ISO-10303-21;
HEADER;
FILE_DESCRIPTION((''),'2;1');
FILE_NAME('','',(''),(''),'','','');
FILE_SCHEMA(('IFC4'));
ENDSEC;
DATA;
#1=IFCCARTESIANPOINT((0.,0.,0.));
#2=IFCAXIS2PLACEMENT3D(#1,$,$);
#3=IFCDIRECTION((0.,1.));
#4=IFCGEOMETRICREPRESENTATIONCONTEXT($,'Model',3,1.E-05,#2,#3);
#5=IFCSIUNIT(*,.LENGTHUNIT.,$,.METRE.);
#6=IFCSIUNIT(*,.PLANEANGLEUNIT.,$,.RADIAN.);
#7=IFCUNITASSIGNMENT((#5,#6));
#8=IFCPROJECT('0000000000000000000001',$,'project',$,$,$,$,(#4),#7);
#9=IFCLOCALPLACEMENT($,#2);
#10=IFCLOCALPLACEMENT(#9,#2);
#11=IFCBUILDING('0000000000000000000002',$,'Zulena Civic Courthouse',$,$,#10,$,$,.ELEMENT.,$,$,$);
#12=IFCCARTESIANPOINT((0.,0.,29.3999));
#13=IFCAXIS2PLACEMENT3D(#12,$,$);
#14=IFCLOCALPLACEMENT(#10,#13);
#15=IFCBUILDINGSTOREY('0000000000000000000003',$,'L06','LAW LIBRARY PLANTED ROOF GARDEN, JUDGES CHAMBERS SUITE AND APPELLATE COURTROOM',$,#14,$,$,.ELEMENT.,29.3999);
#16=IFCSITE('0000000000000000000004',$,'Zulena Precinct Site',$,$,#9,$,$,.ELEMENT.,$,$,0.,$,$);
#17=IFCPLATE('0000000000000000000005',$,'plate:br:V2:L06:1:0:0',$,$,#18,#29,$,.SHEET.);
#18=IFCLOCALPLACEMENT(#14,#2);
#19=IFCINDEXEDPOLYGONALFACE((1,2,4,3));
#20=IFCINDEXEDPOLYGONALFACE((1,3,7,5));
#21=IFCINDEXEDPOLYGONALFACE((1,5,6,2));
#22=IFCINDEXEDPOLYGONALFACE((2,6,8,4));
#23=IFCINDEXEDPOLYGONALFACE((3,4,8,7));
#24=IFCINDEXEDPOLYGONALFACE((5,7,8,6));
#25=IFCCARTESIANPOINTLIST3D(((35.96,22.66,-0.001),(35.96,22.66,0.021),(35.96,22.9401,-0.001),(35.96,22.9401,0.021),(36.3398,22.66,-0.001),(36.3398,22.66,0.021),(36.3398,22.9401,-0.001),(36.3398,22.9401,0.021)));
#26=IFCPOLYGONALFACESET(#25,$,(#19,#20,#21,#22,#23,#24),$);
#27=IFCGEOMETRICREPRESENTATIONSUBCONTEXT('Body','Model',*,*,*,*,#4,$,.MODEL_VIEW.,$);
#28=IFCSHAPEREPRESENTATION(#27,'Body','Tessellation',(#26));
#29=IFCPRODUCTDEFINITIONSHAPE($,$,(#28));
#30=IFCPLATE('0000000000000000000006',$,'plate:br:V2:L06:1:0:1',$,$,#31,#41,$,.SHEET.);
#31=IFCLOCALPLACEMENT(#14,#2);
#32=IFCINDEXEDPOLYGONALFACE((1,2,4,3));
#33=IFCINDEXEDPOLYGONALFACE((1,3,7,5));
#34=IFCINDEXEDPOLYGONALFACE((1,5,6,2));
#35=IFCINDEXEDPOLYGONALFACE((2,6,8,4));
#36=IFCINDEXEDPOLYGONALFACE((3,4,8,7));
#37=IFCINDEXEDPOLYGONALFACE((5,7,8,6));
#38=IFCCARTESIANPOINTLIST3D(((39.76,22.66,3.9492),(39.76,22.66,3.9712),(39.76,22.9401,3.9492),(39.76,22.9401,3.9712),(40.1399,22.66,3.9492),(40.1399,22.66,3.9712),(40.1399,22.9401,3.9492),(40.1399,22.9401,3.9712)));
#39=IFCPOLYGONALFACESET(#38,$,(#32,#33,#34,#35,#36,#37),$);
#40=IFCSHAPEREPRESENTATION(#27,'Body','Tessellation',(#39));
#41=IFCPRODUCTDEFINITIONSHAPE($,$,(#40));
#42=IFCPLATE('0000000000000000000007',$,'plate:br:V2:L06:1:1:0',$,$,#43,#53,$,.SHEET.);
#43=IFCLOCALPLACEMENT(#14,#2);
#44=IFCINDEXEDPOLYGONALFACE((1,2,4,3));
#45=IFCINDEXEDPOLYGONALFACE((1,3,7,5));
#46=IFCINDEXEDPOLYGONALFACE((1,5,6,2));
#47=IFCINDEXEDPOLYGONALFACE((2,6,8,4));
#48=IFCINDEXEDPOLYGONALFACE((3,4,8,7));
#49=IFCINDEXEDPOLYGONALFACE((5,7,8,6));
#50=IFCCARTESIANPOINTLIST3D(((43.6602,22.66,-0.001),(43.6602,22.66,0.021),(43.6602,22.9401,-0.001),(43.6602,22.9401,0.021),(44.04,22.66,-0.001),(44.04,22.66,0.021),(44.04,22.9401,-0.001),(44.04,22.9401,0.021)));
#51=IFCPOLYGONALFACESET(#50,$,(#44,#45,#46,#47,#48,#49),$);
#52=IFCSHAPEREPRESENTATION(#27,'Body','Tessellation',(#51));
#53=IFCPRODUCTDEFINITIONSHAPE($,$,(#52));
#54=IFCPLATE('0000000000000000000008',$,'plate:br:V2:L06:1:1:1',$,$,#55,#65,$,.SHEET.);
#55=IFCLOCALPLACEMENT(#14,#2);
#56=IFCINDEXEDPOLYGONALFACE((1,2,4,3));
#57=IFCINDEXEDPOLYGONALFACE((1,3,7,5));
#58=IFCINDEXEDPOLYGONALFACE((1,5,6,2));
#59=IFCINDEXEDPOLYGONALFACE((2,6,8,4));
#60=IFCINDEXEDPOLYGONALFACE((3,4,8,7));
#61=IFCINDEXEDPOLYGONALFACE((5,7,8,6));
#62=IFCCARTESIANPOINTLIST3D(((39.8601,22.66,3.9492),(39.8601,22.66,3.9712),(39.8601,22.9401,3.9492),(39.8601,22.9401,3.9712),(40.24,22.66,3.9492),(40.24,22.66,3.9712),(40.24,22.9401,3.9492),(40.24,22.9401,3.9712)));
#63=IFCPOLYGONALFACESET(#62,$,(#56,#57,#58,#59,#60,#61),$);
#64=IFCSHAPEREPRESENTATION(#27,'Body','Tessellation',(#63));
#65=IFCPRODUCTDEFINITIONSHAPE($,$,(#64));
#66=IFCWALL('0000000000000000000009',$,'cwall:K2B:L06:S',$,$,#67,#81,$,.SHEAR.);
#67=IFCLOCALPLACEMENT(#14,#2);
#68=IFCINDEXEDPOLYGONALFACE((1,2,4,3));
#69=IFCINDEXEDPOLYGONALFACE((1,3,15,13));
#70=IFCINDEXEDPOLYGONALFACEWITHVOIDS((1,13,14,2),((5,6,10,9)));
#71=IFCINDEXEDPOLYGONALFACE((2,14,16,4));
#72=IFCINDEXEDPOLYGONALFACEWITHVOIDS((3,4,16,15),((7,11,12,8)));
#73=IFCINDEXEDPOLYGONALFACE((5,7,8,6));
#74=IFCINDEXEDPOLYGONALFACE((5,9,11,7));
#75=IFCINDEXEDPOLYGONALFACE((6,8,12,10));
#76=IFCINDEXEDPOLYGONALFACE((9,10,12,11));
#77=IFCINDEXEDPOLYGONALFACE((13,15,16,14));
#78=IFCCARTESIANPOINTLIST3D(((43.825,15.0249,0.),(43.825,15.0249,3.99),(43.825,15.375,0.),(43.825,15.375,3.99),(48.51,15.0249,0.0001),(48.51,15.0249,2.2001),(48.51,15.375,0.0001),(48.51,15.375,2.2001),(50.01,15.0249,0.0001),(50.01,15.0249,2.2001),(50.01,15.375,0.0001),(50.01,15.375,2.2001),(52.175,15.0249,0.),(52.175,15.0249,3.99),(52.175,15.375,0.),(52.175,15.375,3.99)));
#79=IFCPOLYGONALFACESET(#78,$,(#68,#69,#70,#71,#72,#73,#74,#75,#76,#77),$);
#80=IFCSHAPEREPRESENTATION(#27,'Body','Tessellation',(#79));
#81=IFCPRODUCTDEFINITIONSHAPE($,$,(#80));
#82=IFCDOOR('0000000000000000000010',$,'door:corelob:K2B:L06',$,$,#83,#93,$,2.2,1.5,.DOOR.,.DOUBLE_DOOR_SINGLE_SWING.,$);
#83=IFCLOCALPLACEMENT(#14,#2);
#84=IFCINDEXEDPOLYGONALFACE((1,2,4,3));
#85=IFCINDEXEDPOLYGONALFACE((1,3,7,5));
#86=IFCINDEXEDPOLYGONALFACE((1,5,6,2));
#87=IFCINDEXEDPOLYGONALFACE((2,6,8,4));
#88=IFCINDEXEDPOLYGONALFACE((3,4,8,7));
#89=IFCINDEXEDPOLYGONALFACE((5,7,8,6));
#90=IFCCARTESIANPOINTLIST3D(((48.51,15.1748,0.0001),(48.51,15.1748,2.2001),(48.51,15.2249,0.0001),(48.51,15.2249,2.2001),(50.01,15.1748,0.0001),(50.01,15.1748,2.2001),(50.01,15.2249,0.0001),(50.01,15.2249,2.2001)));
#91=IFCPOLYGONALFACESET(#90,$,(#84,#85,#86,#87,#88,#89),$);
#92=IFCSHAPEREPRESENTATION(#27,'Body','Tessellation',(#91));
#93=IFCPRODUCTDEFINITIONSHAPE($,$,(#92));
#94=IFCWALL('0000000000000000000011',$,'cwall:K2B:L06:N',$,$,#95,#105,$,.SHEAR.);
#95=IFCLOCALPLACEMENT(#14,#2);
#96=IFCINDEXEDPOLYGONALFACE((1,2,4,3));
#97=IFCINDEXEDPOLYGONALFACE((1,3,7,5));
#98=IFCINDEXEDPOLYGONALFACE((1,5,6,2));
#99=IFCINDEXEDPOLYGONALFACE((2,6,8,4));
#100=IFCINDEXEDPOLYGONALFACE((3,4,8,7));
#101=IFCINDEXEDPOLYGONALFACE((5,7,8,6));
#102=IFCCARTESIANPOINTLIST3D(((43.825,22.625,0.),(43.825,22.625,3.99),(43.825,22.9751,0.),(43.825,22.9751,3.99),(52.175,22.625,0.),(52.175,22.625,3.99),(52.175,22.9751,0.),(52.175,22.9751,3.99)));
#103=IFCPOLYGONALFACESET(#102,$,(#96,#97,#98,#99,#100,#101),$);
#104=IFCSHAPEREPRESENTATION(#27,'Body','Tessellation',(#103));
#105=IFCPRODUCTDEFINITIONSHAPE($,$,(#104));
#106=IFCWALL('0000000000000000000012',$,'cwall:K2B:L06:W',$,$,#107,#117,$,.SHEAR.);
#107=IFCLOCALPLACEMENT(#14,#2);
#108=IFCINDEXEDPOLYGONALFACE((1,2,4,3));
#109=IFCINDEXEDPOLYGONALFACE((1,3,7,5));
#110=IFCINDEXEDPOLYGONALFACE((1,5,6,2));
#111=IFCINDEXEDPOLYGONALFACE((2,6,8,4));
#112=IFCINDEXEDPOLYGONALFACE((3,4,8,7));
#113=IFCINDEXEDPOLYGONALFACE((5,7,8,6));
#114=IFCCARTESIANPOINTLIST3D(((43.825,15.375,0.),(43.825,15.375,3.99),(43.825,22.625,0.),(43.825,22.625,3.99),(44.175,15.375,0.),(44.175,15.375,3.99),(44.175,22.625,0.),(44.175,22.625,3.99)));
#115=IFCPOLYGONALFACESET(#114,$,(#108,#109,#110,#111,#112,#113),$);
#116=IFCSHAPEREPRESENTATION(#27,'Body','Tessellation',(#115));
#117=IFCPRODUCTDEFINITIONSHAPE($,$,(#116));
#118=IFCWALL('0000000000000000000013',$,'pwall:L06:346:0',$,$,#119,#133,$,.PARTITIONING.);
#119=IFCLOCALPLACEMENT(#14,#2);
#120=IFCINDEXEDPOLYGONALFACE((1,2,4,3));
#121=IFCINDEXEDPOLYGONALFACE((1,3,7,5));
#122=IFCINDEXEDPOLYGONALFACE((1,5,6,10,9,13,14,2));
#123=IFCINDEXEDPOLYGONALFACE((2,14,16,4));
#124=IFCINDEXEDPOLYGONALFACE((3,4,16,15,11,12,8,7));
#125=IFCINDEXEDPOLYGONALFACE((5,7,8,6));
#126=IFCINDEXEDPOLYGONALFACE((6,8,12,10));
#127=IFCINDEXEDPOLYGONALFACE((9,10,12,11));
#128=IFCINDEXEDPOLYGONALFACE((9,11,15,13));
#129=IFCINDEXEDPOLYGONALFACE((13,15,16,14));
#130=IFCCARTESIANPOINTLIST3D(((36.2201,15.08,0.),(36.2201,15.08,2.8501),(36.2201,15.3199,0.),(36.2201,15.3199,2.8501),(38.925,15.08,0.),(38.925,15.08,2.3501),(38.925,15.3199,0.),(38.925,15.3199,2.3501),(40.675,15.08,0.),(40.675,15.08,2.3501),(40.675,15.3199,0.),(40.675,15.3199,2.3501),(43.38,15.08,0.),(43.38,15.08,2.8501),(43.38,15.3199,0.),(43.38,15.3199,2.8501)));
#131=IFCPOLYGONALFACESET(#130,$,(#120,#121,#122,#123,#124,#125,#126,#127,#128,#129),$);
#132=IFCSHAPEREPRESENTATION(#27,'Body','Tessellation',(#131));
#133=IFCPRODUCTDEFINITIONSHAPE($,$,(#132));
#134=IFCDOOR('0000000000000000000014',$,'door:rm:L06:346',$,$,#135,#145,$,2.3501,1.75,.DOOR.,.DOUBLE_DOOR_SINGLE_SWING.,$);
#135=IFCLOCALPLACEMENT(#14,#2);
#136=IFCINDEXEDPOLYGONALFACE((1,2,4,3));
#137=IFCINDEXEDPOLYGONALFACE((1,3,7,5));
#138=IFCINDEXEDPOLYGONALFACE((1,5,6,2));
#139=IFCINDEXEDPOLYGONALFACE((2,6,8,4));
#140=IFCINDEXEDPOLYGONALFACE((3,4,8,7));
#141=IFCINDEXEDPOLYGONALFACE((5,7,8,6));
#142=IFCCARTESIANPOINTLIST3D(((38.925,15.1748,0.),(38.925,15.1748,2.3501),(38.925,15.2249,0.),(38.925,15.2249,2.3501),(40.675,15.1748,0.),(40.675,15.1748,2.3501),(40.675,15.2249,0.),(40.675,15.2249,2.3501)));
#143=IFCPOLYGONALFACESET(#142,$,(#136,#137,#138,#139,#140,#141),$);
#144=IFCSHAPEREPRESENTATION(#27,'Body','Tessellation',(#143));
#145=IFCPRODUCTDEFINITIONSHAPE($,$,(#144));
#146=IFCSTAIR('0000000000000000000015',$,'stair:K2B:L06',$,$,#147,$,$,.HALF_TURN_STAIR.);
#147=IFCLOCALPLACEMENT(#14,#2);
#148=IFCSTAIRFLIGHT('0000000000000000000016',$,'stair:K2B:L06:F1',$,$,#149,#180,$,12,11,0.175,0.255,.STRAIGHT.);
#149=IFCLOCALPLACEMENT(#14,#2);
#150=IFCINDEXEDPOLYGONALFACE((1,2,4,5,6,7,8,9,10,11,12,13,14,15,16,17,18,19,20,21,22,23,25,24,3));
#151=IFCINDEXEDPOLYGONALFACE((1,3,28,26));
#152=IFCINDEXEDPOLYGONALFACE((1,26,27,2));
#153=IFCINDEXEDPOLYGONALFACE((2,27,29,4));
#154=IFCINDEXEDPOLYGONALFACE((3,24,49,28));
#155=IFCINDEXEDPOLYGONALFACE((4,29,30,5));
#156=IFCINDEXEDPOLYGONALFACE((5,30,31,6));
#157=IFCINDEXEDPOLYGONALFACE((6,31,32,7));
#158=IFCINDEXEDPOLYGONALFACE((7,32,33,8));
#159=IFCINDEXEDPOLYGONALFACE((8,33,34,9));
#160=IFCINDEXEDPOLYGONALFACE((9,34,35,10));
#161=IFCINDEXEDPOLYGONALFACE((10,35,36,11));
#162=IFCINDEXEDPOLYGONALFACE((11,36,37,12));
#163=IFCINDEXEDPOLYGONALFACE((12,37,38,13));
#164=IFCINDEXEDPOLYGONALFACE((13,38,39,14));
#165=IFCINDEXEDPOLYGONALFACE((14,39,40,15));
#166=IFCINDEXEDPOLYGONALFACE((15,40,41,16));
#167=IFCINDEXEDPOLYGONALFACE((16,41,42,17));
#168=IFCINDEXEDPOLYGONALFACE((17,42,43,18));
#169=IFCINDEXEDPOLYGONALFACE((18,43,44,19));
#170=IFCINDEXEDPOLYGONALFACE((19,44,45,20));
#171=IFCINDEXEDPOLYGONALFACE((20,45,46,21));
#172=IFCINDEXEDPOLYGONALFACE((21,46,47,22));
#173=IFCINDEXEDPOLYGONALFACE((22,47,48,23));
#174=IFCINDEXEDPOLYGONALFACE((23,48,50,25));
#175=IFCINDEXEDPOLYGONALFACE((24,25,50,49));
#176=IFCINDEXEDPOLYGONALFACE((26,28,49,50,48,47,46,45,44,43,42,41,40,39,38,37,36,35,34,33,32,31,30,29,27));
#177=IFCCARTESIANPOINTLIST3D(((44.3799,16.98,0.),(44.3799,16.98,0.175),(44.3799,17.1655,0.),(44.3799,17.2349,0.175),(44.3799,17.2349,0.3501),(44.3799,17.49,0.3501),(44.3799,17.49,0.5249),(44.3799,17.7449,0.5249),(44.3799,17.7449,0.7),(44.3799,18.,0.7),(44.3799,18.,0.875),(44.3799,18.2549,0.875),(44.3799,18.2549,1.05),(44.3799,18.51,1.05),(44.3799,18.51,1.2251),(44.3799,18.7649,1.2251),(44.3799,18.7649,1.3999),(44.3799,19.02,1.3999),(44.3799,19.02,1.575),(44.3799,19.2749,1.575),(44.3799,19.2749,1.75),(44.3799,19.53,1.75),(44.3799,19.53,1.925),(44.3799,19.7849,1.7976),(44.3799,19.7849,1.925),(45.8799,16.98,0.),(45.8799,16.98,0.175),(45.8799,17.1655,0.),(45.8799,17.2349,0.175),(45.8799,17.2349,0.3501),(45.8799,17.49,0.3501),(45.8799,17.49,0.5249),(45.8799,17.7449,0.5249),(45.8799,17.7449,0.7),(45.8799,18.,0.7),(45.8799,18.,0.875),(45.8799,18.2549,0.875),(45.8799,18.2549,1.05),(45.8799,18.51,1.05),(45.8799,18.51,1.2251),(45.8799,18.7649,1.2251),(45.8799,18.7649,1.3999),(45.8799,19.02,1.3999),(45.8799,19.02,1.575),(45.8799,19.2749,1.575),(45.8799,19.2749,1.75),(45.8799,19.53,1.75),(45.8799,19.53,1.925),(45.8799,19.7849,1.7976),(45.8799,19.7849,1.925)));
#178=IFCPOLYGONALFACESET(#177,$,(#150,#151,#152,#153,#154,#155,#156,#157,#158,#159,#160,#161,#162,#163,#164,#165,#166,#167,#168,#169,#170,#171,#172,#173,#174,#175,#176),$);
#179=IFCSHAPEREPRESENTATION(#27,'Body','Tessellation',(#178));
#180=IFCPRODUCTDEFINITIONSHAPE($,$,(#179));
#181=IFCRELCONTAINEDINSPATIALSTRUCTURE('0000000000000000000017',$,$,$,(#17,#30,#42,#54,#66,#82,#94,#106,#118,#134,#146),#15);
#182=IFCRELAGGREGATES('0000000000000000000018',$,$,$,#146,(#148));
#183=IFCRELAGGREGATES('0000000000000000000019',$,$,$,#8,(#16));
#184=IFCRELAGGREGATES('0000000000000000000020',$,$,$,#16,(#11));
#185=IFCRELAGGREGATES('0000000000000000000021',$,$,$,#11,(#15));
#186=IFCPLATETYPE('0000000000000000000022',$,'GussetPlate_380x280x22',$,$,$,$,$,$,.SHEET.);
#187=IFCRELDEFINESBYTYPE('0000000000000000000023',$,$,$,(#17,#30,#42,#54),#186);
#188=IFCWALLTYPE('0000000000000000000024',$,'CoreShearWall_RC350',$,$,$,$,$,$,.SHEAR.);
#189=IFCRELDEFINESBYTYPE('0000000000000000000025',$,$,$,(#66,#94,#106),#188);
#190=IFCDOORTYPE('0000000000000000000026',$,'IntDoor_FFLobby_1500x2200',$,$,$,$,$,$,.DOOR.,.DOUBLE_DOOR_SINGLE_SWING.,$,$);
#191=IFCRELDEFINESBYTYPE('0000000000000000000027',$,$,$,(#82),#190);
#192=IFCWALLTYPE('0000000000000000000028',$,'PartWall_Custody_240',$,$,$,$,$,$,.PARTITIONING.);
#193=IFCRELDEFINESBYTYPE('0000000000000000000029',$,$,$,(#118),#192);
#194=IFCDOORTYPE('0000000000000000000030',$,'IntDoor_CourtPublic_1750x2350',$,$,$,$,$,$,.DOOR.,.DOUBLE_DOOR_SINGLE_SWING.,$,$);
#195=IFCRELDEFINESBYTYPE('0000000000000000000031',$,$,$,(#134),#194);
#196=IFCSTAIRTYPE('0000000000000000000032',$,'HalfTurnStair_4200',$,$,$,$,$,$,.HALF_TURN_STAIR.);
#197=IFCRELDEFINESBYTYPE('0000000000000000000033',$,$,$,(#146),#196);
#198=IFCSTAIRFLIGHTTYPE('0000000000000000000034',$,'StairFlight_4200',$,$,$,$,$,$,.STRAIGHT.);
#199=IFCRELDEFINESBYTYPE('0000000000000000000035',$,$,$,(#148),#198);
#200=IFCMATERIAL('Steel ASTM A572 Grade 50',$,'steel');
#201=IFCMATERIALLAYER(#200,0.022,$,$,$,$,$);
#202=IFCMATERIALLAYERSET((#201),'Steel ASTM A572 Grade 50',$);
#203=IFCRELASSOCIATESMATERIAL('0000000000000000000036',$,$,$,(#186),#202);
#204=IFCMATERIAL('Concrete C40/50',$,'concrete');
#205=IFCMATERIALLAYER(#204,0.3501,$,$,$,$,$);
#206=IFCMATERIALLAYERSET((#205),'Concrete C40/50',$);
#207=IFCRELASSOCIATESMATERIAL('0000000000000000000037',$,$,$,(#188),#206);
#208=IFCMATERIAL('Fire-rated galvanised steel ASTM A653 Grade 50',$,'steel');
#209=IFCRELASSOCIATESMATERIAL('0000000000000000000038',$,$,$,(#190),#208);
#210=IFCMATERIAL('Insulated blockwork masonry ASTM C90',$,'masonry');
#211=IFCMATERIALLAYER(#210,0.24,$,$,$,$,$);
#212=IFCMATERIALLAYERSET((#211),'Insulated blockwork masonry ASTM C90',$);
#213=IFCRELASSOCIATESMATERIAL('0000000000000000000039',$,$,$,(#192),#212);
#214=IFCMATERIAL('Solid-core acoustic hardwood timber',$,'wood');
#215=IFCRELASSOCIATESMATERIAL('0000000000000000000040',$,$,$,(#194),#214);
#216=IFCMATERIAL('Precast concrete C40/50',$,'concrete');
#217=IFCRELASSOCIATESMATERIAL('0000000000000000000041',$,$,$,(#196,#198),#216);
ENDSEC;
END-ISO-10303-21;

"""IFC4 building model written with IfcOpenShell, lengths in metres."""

from ifc_helpers import new_model, si_unit, direction, frame, frame_2d, origin, origin_2d, place, context, subcontext, project, spatial, polyline, rectangle, outline, extrude, material, layer, layer_set, type_object, element, fill, aggregate, save


model = new_model("IFC4")

# Units and contexts
model_context = context("Model", 3, precision=1e-05, world=origin(), true_north=direction((0.0, 1.0)))
body_context = subcontext(model_context, "Body", "Model", "MODEL_VIEW")
ifc_project = project(units=[si_unit("LENGTHUNIT", "METRE"), si_unit("PLANEANGLEUNIT", "RADIAN")], contexts=[model_context])

# Site, building, storey
site_placement = place(None, origin())
site = spatial("IfcSite", under=ifc_project, at=site_placement, Name="Zulena Precinct Site", CompositionType="ELEMENT", RefElevation=0.0)
building_placement = place(site_placement, origin())
building = spatial("IfcBuilding", under=site, at=building_placement, Name="Zulena Civic Courthouse", CompositionType="ELEMENT")
storey_placement = place(building_placement, frame((0.0, 0.0, 29.3999)))
storey = spatial("IfcBuildingStorey", under=building, at=storey_placement, Name="L06", Description="LAW LIBRARY PLANTED ROOF GARDEN, JUDGES CHAMBERS SUITE AND APPELLATE COURTROOM", CompositionType="ELEMENT", Elevation=29.3999)

# Plates
ifc_material_1 = material(Name="Steel ASTM A572 Grade 50", Category="steel")
ifc_layer_1 = layer(ifc_material_1, 0.022)
ifc_layer_set_1 = layer_set([ifc_layer_1], Name="Steel ASTM A572 Grade 50")
plate_type = type_object("IfcPlateType", Name="GussetPlate_380x280x22", PredefinedType="SHEET", material=ifc_layer_set_1)
for number, where, z_axis, x_axis, name in (
    (1, (36.1499, 22.8, -0.001), (0.0, 0.0, 1.0), (1.0, 0.0, 0.0), "plate:br:V2:L06:1:0:0"),
    (2, (39.95, 22.8, 3.9492), (0.0, 0.0, 1.0), (1.0, 0.0, 0.0), "plate:br:V2:L06:1:0:1"),
    (3, (43.8501, 22.8, -0.001), (0.0, 0.0, 1.0), (1.0, 0.0, 0.0), "plate:br:V2:L06:1:1:0"),
    (4, (40.05, 22.8, 3.9492), (0.0, 0.0, 1.0), (1.0, 0.0, 0.0), "plate:br:V2:L06:1:1:1"),
):
    element("IfcPlate", number, at=place(storey_placement, frame(where, z_axis=z_axis, x_axis=x_axis)), inside=storey, type_object=plate_type, Name=name, PredefinedType="SHEET", context=body_context, shape_type="SweptSolid", body=[
        extrude(rectangle(XDim=0.3799, YDim=0.28, at=origin_2d()), origin(), (0.0, 0.0, 1.0), 0.022),
    ])

# Wall, opening, door
ifc_material_2 = material(Name="Concrete C40/50", Category="concrete")
ifc_layer_2 = layer(ifc_material_2, 0.3501)
ifc_layer_set_2 = layer_set([ifc_layer_2], Name="Concrete C40/50")
wall_type_1 = type_object("IfcWallType", Name="CoreShearWall_RC350", PredefinedType="SHEAR", material=ifc_layer_set_2)
wall_1_placement = place(storey_placement, frame((43.825, 15.2, 0.0), z_axis=(0.0, 0.0, 1.0), x_axis=(1.0, 0.0, 0.0)))
wall_1 = element("IfcWall", 5, at=wall_1_placement, inside=storey, type_object=wall_type_1, Name="cwall:K2B:L06:S", PredefinedType="SHEAR", context=body_context, shape_type="SweptSolid", body=[
    extrude(rectangle(XDim=8.3501, YDim=0.3501, at=frame_2d((4.175, 0.0))), origin(), (0.0, 0.0, 1.0), 3.99),
])
opening_1_placement = place(wall_1_placement, frame((4.6851, 0.0, 0.0)))
opening_1 = element("IfcOpeningElement", 6, at=opening_1_placement, cuts=wall_1, PredefinedType="OPENING", context=body_context, shape_type="SweptSolid", body=[
    extrude(rectangle(XDim=1.5, YDim=2.2, at=frame_2d((0.75, 1.1001))), frame((0.0, 0.1851, 0.0), z_axis=(0.0, -1.0, 0.0), x_axis=(1.0, 0.0, 0.0)), (0.0, 0.0, 1.0), 0.3701),
])
ifc_material_3 = material(Name="Fire-rated galvanised steel ASTM A653 Grade 50", Category="steel")
door_type_1 = type_object("IfcDoorType", Name="IntDoor_FFLobby_1500x2200", OperationType="DOUBLE_DOOR_SINGLE_SWING", PredefinedType="DOOR", material=ifc_material_3)
door_1_placement = place(opening_1_placement, origin())
door_1 = element("IfcDoor", 7, at=door_1_placement, inside=storey, type_object=door_type_1, Name="door:corelob:K2B:L06", OperationType="DOUBLE_DOOR_SINGLE_SWING", OverallHeight=2.2, OverallWidth=1.5, PredefinedType="DOOR", context=body_context, shape_type="SweptSolid", body=[
    extrude(rectangle(XDim=1.5, YDim=2.2, at=frame_2d((0.75, 1.1001))), frame((0.0, 0.0249, 0.0), z_axis=(0.0, -1.0, 0.0), x_axis=(1.0, 0.0, 0.0)), (0.0, 0.0, 1.0), 0.05),
])
fill(opening_1, door_1)

# Walls
wall_2_placement = place(storey_placement, frame((43.825, 22.8, 0.0), z_axis=(0.0, 0.0, 1.0), x_axis=(1.0, 0.0, 0.0)))
element("IfcWall", 8, at=wall_2_placement, inside=storey, type_object=wall_type_1, Name="cwall:K2B:L06:N", PredefinedType="SHEAR", context=body_context, shape_type="SweptSolid", body=[
    extrude(rectangle(XDim=8.3501, YDim=0.3501, at=frame_2d((4.175, 0.0))), origin(), (0.0, 0.0, 1.0), 3.99),
])
wall_3_placement = place(storey_placement, frame((44.0, 15.375, 0.0), z_axis=(0.0, 0.0, 1.0), x_axis=(0.0, 1.0, 0.0)))
element("IfcWall", 9, at=wall_3_placement, inside=storey, type_object=wall_type_1, Name="cwall:K2B:L06:W", PredefinedType="SHEAR", context=body_context, shape_type="SweptSolid", body=[
    extrude(rectangle(XDim=7.25, YDim=0.3501, at=frame_2d((3.625, 0.0))), origin(), (0.0, 0.0, 1.0), 3.99),
])

# Wall, opening, door
ifc_material_4 = material(Name="Insulated blockwork masonry ASTM C90", Category="masonry")
ifc_layer_3 = layer(ifc_material_4, 0.24)
ifc_layer_set_3 = layer_set([ifc_layer_3], Name="Insulated blockwork masonry ASTM C90")
wall_type_2 = type_object("IfcWallType", Name="PartWall_Custody_240", PredefinedType="PARTITIONING", material=ifc_layer_set_3)
wall_4_placement = place(storey_placement, frame((36.22, 15.2, 0.0), z_axis=(0.0, 0.0, 1.0), x_axis=(1.0, 0.0, 0.0)))
wall_4 = element("IfcWall", 10, at=wall_4_placement, inside=storey, type_object=wall_type_2, Name="pwall:L06:346:0", PredefinedType="PARTITIONING", context=body_context, shape_type="SweptSolid", body=[
    extrude(rectangle(XDim=7.1599, YDim=0.24, at=frame_2d((3.5801, 0.0))), origin(), (0.0, 0.0, 1.0), 2.8501),
])
opening_2_placement = place(wall_4_placement, frame((2.7051, 0.0, 0.0)))
opening_2 = element("IfcOpeningElement", 11, at=opening_2_placement, cuts=wall_4, PredefinedType="OPENING", context=body_context, shape_type="SweptSolid", body=[
    extrude(rectangle(XDim=1.75, YDim=2.3501, at=frame_2d((0.875, 1.175))), frame((0.0, 0.1299, 0.0), z_axis=(0.0, -1.0, 0.0), x_axis=(1.0, 0.0, 0.0)), (0.0, 0.0, 1.0), 0.26),
])
ifc_material_5 = material(Name="Solid-core acoustic hardwood timber", Category="wood")
door_type_2 = type_object("IfcDoorType", Name="IntDoor_CourtPublic_1750x2350", OperationType="DOUBLE_DOOR_SINGLE_SWING", PredefinedType="DOOR", material=ifc_material_5)
door_2_placement = place(opening_2_placement, origin())
door_2 = element("IfcDoor", 12, at=door_2_placement, inside=storey, type_object=door_type_2, Name="door:rm:L06:346", OperationType="DOUBLE_DOOR_SINGLE_SWING", OverallHeight=2.3501, OverallWidth=1.75, PredefinedType="DOOR", context=body_context, shape_type="SweptSolid", body=[
    extrude(rectangle(XDim=1.75, YDim=2.3501, at=frame_2d((0.875, 1.175))), frame((0.0, 0.0249, 0.0), z_axis=(0.0, -1.0, 0.0), x_axis=(1.0, 0.0, 0.0)), (0.0, 0.0, 1.0), 0.05),
])
fill(opening_2, door_2)

# Stair, stair flight
ifc_material_6 = material(Name="Precast concrete C40/50", Category="concrete")
stair_type = type_object("IfcStairType", Name="HalfTurnStair_4200", PredefinedType="HALF_TURN_STAIR", material=ifc_material_6)
stair_placement = place(storey_placement, origin())
stair = element("IfcStair", 13, at=stair_placement, inside=storey, type_object=stair_type, Name="stair:K2B:L06", PredefinedType="HALF_TURN_STAIR")
stair_flight_type = type_object("IfcStairFlightType", Name="StairFlight_4200", PredefinedType="STRAIGHT", material=ifc_material_6)
stair_flight_placement = place(storey_placement, frame((45.1299, 16.98, 0.0), z_axis=(0.0, 0.0, 1.0), x_axis=(0.0, 1.0, 0.0)))
stair_flight = element("IfcStairFlight", 14, at=stair_flight_placement, type_object=stair_flight_type, Name="stair:K2B:L06:F1", NumberOfRisers=12, NumberOfTreads=11, PredefinedType="STRAIGHT", RiserHeight=0.175, TreadLength=0.255, context=body_context, shape_type="SweptSolid", body=[
    extrude(outline(polyline([(0.0, 0.0), (0.0, 0.175), (0.2549, 0.175), (0.2549, 0.3501), (0.51, 0.3501), (0.51, 0.5249), (0.7649, 0.5249), (0.7649, 0.7), (1.02, 0.7), (1.02, 0.875), (1.2749, 0.875), (1.2749, 1.05), (1.53, 1.05), (1.53, 1.2251), (1.7849, 1.2251), (1.7849, 1.3999), (2.04, 1.3999), (2.04, 1.575), (2.2949, 1.575), (2.2949, 1.75), (2.55, 1.75), (2.55, 1.925), (2.8049, 1.925), (2.8049, 2.1001), (2.8049, 1.7976), (0.1855, 0.0), (0.0, 0.0)])), frame((0.0, 0.75, 0.0), z_axis=(0.0, -1.0, 0.0), x_axis=(1.0, 0.0, 0.0)), (0.0, 0.0, 1.0), 1.5),
])
aggregate(stair, [stair_flight])

save(model, "model.ifc")
